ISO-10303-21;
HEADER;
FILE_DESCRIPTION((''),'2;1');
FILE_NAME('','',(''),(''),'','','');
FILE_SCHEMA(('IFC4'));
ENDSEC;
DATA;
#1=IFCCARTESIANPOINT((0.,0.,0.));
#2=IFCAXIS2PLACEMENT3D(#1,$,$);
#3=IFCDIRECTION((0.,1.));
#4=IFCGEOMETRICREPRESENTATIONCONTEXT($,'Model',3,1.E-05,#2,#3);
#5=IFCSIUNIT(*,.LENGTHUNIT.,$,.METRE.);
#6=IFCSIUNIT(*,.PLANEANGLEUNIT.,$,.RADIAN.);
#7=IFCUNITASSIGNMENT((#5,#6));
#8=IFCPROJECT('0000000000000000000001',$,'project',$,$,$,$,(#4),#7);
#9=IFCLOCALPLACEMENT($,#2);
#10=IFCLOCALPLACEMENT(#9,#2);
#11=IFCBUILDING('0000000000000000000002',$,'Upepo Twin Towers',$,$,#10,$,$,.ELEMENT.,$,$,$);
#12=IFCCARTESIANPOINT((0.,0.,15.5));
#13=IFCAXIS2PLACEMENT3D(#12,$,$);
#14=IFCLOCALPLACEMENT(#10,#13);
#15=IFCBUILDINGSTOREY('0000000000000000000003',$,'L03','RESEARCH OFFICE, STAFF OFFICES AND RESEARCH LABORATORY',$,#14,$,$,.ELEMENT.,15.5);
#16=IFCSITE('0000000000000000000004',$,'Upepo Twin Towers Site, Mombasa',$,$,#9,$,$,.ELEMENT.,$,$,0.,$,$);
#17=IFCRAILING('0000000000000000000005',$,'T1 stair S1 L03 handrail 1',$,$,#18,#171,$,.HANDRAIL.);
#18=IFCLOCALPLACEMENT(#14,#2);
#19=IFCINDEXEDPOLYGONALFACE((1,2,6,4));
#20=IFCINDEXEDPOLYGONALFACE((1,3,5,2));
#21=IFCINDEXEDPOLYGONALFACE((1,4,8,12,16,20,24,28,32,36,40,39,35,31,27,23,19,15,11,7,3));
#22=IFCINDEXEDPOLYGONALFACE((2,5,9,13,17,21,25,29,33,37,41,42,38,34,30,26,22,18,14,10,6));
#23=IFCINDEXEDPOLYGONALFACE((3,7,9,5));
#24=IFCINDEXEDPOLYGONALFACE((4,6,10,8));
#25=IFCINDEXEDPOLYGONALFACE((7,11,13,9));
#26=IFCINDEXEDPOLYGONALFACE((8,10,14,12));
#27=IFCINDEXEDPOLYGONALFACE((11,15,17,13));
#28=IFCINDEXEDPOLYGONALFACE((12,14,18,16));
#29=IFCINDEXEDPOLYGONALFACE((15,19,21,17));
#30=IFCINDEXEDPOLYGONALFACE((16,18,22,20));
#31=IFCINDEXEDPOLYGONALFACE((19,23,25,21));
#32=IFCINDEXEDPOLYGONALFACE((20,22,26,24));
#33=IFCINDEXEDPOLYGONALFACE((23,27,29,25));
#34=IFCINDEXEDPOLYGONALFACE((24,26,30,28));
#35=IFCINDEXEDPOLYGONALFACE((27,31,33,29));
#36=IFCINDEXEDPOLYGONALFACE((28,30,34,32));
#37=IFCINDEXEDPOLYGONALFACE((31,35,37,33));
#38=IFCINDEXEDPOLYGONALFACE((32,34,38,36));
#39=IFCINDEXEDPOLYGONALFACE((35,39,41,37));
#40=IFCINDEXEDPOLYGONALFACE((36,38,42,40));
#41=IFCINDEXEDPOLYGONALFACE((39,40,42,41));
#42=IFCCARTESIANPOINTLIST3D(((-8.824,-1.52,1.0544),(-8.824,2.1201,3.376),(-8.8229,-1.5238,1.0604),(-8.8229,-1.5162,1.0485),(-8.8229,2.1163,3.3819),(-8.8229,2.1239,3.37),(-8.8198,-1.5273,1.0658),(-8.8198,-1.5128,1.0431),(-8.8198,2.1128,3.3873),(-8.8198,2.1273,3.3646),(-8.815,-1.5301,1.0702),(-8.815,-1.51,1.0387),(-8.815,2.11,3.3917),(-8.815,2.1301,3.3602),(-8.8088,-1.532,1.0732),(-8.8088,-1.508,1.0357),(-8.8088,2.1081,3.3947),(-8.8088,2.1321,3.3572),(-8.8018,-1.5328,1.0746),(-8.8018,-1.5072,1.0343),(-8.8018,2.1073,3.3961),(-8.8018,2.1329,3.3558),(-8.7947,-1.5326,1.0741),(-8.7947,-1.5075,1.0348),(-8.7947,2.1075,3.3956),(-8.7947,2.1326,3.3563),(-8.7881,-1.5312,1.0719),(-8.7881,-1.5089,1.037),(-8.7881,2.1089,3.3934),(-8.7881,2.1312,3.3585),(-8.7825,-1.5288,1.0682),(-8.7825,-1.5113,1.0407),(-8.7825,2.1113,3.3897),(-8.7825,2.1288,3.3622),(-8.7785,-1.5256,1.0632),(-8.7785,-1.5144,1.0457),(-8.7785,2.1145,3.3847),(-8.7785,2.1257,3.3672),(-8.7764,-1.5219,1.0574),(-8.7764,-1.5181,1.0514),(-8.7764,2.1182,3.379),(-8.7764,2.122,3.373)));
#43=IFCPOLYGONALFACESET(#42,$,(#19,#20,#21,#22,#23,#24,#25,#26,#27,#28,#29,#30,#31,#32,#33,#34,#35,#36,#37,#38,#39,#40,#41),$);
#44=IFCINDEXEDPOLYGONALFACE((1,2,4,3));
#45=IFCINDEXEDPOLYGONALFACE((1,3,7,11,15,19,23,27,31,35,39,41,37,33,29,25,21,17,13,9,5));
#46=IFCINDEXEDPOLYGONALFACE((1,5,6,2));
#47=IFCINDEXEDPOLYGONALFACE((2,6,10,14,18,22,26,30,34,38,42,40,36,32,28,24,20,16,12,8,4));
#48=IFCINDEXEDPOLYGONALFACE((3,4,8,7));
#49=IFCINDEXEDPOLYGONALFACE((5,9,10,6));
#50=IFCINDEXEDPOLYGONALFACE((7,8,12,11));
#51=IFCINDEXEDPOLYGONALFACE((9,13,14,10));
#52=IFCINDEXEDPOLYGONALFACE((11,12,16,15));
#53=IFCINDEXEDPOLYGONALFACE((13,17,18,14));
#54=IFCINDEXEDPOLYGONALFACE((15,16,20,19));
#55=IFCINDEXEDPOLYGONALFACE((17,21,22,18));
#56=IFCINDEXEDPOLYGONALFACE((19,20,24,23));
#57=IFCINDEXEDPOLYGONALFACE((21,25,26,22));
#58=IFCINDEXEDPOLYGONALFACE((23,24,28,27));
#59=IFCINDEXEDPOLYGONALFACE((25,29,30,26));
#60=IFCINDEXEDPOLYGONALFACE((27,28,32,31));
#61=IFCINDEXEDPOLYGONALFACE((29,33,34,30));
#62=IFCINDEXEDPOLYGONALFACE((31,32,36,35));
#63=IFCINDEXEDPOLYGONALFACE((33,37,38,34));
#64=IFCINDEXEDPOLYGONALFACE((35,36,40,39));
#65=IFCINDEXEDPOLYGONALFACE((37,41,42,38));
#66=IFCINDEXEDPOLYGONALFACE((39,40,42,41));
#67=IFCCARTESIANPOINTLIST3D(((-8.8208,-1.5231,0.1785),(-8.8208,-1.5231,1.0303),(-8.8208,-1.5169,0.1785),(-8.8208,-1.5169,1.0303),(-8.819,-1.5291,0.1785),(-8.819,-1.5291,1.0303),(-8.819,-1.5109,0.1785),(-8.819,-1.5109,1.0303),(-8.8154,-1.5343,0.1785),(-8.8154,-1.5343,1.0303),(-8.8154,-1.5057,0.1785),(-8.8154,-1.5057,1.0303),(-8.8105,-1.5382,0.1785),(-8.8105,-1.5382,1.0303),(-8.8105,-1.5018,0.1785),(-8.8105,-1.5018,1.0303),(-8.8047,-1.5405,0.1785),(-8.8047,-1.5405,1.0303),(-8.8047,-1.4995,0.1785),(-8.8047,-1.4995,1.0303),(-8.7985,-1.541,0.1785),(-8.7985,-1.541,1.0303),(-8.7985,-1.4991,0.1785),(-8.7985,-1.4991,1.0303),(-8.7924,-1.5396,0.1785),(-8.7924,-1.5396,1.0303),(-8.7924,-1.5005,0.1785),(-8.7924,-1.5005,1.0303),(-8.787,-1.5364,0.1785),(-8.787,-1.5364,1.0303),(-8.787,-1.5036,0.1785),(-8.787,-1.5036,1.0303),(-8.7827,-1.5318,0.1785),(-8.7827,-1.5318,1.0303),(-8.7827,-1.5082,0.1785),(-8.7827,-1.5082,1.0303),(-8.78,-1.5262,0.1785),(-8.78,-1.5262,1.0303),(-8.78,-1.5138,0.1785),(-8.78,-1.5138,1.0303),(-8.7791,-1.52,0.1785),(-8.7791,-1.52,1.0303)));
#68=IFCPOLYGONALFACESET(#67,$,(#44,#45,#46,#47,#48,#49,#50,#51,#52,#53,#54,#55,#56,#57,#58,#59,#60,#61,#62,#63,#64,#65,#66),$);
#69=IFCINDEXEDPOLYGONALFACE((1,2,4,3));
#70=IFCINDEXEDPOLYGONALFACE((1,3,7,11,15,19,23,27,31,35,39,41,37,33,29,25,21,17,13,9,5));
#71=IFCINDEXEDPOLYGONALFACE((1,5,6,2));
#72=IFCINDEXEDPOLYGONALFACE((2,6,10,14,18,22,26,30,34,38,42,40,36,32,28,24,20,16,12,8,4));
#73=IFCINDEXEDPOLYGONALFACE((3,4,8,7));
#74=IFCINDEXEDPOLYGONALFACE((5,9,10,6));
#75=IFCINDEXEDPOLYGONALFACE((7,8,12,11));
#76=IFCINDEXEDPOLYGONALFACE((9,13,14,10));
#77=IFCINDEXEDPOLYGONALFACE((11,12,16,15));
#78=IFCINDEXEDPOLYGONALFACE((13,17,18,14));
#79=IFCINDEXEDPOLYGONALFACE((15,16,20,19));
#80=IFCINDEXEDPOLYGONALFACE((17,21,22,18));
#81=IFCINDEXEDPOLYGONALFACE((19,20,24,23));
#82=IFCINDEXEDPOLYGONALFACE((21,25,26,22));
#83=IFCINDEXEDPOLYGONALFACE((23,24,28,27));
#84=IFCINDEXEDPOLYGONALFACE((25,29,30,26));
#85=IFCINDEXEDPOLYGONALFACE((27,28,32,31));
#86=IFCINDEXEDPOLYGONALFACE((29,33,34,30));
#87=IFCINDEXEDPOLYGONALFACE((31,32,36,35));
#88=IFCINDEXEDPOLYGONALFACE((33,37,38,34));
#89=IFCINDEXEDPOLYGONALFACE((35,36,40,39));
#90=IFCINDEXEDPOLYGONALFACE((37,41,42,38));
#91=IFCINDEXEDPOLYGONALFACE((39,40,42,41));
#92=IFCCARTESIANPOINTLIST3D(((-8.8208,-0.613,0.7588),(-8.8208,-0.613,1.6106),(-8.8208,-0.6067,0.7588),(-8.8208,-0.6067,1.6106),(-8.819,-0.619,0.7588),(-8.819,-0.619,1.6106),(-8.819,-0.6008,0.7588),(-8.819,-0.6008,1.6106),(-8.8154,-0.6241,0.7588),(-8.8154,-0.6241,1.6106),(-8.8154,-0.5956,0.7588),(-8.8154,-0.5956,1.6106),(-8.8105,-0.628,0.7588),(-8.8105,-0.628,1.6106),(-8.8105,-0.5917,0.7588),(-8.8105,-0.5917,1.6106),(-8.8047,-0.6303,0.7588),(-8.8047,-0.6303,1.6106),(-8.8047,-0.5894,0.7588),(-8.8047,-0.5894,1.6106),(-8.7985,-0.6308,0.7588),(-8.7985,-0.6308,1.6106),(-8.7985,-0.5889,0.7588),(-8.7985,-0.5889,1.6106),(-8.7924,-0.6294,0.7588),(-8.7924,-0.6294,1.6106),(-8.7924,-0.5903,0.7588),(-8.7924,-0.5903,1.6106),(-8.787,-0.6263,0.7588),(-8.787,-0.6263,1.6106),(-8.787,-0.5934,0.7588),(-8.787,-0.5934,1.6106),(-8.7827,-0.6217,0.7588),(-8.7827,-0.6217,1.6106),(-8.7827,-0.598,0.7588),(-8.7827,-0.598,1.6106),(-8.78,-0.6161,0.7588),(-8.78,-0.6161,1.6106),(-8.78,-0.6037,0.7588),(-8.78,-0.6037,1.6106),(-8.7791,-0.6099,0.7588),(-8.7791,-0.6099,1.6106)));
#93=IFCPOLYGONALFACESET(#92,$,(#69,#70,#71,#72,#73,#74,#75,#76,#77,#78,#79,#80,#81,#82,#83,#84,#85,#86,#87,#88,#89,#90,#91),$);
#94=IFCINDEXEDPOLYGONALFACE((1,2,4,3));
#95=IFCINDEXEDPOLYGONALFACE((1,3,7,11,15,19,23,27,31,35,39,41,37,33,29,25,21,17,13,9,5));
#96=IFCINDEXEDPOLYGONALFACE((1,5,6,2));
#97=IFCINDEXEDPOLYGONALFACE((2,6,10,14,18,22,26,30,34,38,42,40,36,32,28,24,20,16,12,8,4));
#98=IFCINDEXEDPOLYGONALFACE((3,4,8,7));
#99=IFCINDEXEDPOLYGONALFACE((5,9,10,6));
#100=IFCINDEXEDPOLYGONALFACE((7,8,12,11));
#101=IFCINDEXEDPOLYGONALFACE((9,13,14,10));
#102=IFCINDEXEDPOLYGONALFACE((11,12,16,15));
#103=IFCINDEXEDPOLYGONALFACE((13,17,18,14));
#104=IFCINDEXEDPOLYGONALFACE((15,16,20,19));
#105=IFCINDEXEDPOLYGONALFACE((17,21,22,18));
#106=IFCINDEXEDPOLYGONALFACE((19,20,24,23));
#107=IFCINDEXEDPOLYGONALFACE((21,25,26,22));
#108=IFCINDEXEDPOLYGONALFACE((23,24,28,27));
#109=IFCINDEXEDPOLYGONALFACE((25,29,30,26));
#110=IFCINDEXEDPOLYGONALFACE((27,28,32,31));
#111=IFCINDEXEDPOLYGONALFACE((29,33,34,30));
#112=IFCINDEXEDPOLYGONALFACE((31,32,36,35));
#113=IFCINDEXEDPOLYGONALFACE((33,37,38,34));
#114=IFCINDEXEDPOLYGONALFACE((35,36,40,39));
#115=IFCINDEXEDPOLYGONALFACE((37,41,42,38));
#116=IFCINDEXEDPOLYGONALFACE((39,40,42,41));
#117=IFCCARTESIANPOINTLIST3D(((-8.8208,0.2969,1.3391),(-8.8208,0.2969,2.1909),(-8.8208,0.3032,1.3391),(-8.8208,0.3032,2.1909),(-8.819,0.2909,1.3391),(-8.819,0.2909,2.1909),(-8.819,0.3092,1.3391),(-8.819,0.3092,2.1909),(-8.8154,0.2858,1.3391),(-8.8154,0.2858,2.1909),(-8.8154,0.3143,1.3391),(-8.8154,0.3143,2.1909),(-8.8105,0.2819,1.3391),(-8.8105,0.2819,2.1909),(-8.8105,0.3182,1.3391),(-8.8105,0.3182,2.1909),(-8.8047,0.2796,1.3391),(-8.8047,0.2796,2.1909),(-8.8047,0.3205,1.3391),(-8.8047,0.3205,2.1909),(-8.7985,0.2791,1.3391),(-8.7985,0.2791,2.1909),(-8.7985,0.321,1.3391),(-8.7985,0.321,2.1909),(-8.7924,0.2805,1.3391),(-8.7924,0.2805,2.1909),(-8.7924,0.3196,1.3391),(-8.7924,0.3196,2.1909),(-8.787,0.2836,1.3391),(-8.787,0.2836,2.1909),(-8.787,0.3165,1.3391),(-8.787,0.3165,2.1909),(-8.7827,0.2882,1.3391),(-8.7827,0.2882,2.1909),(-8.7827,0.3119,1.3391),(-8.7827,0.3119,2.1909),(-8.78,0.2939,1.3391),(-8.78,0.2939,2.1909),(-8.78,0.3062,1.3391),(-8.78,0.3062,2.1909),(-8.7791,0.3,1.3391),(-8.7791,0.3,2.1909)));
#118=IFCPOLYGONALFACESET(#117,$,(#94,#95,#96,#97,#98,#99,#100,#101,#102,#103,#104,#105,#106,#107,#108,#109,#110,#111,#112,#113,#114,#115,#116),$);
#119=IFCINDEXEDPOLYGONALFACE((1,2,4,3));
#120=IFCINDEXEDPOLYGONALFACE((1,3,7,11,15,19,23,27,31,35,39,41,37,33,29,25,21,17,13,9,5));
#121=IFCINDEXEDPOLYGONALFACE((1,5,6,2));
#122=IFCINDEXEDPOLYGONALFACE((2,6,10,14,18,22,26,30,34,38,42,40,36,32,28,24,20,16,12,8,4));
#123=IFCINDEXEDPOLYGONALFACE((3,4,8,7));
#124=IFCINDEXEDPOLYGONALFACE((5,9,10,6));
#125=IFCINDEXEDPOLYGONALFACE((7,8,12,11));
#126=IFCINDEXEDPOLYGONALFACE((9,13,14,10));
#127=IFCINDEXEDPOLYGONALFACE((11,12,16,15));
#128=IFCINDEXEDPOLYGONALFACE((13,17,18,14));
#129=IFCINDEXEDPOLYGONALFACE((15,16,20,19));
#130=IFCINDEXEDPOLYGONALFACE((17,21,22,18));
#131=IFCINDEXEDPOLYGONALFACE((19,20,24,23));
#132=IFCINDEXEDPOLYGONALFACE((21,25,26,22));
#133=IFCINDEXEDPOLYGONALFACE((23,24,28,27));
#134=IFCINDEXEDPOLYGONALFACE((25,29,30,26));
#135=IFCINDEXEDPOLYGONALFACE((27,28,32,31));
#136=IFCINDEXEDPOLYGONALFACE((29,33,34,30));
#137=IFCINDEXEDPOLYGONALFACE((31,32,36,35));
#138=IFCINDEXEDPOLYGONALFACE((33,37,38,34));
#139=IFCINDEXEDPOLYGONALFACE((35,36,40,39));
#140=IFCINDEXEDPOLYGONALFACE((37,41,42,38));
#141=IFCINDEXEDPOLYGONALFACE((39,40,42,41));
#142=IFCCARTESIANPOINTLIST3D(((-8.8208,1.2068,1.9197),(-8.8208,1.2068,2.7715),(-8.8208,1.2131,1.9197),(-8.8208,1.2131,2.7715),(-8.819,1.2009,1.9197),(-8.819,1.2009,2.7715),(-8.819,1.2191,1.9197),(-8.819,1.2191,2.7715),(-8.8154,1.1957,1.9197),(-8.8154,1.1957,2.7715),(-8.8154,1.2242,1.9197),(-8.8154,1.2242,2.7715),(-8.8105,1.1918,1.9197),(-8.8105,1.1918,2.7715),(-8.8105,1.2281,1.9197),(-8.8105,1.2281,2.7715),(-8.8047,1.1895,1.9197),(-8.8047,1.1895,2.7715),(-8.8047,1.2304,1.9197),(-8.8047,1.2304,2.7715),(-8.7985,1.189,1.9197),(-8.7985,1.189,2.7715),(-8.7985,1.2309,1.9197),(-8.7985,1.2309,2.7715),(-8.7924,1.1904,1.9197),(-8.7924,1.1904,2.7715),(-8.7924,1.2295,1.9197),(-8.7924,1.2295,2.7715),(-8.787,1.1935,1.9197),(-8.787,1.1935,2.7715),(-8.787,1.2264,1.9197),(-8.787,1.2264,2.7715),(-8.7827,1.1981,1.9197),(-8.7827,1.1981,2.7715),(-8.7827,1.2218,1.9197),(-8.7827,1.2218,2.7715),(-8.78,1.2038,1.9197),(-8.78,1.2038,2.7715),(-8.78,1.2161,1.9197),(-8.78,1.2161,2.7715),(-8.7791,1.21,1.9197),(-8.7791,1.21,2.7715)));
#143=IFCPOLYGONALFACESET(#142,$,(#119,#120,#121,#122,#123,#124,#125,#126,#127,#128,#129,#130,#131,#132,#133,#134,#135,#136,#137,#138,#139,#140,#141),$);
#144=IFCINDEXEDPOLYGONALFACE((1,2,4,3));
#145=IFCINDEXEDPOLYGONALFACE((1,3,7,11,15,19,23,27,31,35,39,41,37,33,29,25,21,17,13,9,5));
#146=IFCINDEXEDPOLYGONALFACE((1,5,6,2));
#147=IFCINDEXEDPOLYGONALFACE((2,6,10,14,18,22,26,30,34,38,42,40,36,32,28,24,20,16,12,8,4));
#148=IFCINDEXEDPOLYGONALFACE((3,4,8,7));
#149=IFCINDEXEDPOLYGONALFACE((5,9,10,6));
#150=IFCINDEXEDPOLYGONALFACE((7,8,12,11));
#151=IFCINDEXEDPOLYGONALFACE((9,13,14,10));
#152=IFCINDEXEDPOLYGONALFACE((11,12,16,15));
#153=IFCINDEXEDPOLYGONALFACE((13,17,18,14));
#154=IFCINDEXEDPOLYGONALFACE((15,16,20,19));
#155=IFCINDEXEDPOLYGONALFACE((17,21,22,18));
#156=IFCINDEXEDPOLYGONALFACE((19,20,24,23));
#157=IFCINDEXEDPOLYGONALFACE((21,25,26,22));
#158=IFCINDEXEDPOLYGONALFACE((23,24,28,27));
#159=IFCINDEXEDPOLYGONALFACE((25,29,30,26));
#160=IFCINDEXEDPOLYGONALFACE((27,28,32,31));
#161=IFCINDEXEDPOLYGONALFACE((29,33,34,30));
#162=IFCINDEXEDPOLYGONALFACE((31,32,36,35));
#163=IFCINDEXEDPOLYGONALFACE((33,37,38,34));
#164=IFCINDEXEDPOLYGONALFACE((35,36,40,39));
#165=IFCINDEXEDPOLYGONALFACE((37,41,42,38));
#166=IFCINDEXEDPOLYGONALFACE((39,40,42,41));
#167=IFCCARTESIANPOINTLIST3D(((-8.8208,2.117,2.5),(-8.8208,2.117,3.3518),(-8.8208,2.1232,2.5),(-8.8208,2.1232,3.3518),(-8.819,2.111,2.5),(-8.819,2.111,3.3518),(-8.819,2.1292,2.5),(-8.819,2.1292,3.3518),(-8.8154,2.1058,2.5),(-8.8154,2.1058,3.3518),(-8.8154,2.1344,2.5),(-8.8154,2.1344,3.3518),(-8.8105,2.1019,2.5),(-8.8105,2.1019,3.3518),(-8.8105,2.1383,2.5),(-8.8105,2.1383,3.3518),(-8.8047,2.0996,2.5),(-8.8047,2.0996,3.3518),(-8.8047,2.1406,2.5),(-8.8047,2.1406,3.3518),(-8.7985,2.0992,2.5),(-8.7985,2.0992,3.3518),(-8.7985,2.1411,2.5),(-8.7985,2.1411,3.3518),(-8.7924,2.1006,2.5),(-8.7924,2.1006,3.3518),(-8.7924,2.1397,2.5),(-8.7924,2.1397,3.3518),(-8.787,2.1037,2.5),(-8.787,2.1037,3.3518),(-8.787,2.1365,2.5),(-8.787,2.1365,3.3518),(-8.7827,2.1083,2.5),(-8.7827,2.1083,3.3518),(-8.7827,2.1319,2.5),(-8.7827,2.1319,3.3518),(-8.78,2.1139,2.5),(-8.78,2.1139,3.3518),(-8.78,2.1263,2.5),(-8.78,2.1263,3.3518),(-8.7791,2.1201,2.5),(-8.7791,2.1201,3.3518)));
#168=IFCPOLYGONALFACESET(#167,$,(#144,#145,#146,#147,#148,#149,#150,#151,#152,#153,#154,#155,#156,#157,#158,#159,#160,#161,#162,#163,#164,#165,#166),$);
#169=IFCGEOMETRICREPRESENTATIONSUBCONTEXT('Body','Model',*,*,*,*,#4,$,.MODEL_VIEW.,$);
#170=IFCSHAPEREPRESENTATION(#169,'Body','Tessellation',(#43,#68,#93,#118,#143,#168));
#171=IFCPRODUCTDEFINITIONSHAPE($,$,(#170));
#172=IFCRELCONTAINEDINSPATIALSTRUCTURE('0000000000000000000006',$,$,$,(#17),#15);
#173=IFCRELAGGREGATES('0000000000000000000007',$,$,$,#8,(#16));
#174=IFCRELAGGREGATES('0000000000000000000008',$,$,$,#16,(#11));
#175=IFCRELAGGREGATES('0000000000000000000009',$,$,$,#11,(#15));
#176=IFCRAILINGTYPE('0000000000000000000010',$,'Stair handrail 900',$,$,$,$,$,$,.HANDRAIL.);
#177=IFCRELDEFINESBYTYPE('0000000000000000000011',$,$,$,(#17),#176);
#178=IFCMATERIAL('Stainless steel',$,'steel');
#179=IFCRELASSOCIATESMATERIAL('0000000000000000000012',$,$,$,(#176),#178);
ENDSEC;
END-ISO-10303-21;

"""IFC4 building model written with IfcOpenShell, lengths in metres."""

from ifc_helpers import new_model, si_unit, direction, frame, origin, origin_2d, place, context, subcontext, project, spatial, circle, extrude, material, type_object, element, save


model = new_model("IFC4")

# Units and contexts
model_context = context("Model", 3, precision=1e-05, world=origin(), true_north=direction((0.0, 1.0)))
body_context = subcontext(model_context, "Body", "Model", "MODEL_VIEW")
ifc_project = project(units=[si_unit("LENGTHUNIT", "METRE"), si_unit("PLANEANGLEUNIT", "RADIAN")], contexts=[model_context])

# Site, building, storey
site_placement = place(None, origin())
site = spatial("IfcSite", under=ifc_project, at=site_placement, Name="Upepo Twin Towers Site, Mombasa", CompositionType="ELEMENT", RefElevation=0.0)
building_placement = place(site_placement, origin())
building = spatial("IfcBuilding", under=site, at=building_placement, Name="Upepo Twin Towers", CompositionType="ELEMENT")
storey_placement = place(building_placement, frame((0.0, 0.0, 15.5)))
storey = spatial("IfcBuildingStorey", under=building, at=storey_placement, Name="L03", Description="RESEARCH OFFICE, STAFF OFFICES AND RESEARCH LABORATORY", CompositionType="ELEMENT", Elevation=15.5)

# Railing
ifc_material_1 = material(Name="Stainless steel", Category="steel")
railing_type = type_object("IfcRailingType", Name="Stair handrail 900", PredefinedType="HANDRAIL", material=ifc_material_1)
railing_placement = place(storey_placement, frame((-8.8, -1.52, 0.1785)))
element("IfcRailing", 1, at=railing_placement, inside=storey, type_object=railing_type, Name="T1 stair S1 L03 handrail 1", PredefinedType="HANDRAIL", context=body_context, shape_type="SweptSolid", body=[
    extrude(circle(Radius=0.0239, at=origin_2d()), frame((0.0, 0.0, 0.876), z_axis=(0.0, 0.843128, 0.537713), x_axis=(-1.0, 0.0, 0.0)), (0.0, 0.0, 1.0), 4.3174),
    extrude(circle(Radius=0.021, at=origin_2d()), origin(), (0.0, 0.0, 1.0), 0.8518),
    extrude(circle(Radius=0.021, at=origin_2d()), frame((0.0, 0.9102, 0.5803)), (0.0, 0.0, 1.0), 0.8518),
    extrude(circle(Radius=0.021, at=origin_2d()), frame((0.0, 1.8201, 1.1606)), (0.0, 0.0, 1.0), 0.8518),
    extrude(circle(Radius=0.021, at=origin_2d()), frame((0.0, 2.73, 1.7412)), (0.0, 0.0, 1.0), 0.8518),
    extrude(circle(Radius=0.021, at=origin_2d()), frame((0.0, 3.6401, 2.3215)), (0.0, 0.0, 1.0), 0.8518),
])

save(model, "model.ifc")
